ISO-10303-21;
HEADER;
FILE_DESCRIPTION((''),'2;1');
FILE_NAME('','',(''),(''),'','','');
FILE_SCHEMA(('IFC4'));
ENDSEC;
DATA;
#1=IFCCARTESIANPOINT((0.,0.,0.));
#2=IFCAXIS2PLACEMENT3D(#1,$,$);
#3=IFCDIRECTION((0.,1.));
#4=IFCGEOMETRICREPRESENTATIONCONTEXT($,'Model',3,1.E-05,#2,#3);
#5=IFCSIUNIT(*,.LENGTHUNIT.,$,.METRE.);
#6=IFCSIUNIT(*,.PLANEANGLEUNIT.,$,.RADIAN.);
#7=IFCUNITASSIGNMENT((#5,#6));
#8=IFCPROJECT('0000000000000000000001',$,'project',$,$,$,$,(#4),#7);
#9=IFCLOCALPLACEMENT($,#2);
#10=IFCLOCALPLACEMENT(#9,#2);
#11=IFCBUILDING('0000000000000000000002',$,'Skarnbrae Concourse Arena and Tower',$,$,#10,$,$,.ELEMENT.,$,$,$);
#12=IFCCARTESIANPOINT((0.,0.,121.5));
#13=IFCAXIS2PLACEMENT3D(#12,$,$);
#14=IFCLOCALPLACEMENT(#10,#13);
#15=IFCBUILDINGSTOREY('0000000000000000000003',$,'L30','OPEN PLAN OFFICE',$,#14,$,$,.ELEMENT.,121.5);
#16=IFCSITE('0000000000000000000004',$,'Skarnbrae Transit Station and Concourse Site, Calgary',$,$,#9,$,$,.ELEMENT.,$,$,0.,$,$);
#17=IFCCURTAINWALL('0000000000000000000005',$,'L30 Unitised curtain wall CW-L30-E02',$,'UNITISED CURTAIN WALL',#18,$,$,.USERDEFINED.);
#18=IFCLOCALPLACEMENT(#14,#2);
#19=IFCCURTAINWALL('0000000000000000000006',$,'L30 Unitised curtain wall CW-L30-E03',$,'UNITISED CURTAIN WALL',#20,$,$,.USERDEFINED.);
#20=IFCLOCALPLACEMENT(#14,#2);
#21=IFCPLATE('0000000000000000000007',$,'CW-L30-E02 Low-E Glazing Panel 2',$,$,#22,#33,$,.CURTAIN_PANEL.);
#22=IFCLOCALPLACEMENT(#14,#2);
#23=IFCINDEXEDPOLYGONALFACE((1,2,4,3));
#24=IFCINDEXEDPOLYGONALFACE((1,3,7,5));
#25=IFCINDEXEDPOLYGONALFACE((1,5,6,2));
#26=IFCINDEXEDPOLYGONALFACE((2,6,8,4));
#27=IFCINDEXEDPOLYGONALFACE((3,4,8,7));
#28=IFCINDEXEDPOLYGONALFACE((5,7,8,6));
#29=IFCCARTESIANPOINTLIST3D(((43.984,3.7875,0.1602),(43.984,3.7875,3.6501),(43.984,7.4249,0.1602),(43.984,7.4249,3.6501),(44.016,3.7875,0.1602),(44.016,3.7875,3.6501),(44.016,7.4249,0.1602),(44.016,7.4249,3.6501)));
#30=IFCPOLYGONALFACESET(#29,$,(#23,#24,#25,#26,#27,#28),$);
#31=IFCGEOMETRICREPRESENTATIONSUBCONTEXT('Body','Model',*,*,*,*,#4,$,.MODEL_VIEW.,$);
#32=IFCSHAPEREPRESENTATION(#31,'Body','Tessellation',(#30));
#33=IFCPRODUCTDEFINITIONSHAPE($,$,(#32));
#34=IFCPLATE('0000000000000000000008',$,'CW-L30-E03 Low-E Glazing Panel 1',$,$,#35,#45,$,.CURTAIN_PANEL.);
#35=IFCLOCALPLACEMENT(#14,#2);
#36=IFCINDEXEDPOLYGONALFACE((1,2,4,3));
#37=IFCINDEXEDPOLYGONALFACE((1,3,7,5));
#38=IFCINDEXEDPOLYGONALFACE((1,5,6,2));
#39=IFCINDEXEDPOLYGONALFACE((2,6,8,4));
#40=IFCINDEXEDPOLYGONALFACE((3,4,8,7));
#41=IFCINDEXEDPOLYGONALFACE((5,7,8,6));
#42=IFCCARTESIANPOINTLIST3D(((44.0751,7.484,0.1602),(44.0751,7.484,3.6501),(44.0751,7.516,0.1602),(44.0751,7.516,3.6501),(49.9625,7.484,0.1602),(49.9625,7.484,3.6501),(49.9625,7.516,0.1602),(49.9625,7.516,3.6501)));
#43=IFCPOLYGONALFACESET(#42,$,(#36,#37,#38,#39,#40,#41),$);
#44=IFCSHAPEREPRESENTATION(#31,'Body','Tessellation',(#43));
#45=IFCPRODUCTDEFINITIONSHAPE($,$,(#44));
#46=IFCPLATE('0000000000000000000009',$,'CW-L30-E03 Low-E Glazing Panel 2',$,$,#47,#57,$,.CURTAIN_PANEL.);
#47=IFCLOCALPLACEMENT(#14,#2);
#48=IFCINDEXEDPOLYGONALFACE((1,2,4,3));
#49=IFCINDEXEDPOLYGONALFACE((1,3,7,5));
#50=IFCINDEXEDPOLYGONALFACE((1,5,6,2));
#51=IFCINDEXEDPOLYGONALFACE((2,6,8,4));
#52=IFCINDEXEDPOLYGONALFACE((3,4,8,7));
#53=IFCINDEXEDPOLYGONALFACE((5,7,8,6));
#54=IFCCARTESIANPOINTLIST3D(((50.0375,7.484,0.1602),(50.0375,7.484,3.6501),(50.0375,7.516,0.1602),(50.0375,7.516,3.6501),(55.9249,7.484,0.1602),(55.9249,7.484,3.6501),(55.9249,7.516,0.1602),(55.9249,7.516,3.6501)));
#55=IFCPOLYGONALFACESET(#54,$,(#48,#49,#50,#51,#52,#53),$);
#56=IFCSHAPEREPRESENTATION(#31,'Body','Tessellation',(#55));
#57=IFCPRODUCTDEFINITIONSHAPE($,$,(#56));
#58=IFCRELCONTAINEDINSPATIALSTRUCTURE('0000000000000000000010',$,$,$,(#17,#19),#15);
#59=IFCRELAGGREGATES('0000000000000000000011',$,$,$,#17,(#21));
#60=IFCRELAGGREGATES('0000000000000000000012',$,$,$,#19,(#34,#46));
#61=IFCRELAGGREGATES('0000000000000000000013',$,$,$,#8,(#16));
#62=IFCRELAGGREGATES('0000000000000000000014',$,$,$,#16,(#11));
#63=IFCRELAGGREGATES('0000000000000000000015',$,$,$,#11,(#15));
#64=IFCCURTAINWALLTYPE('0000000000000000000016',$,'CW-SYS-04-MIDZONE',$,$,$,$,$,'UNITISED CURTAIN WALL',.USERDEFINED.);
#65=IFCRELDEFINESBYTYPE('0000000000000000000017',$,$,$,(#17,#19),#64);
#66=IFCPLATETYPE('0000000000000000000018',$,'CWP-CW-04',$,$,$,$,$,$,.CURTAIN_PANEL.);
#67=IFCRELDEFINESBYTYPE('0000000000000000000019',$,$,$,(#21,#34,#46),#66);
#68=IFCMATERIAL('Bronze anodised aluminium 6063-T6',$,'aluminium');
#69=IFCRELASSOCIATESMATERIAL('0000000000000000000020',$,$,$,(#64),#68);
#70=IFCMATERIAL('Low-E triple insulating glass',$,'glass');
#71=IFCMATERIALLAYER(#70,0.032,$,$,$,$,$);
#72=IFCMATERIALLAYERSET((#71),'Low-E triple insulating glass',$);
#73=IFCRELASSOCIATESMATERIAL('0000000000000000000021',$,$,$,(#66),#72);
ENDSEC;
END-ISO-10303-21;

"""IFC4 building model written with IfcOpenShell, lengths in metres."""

from ifc_helpers import new_model, si_unit, direction, frame, origin, origin_2d, place, context, subcontext, project, spatial, rectangle, extrude, source, transform, mapped, material, layer, layer_set, type_object, element, aggregate, save


model = new_model("IFC4")

# Units and contexts
model_context = context("Model", 3, precision=1e-05, world=origin(), true_north=direction((0.0, 1.0)))
body_context = subcontext(model_context, "Body", "Model", "MODEL_VIEW")
ifc_project = project(units=[si_unit("LENGTHUNIT", "METRE"), si_unit("PLANEANGLEUNIT", "RADIAN")], contexts=[model_context])

# Site, building, storey
site_placement = place(None, origin())
site = spatial("IfcSite", under=ifc_project, at=site_placement, Name="Skarnbrae Transit Station and Concourse Site, Calgary", CompositionType="ELEMENT", RefElevation=0.0)
building_placement = place(site_placement, origin())
building = spatial("IfcBuilding", under=site, at=building_placement, Name="Skarnbrae Concourse Arena and Tower", CompositionType="ELEMENT")
storey_placement = place(building_placement, frame((0.0, 0.0, 121.5)))
storey = spatial("IfcBuildingStorey", under=building, at=storey_placement, Name="L30", Description="OPEN PLAN OFFICE", CompositionType="ELEMENT", Elevation=121.5)

# Curtain walls
ifc_material_1 = material(Name="Bronze anodised aluminium 6063-T6", Category="aluminium")
curtain_wall_type = type_object("IfcCurtainWallType", Name="CW-SYS-04-MIDZONE", ElementType="UNITISED CURTAIN WALL", PredefinedType="USERDEFINED", material=ifc_material_1)
curtain_wall_1_placement = place(storey_placement, origin())
curtain_wall_1 = element("IfcCurtainWall", 1, at=curtain_wall_1_placement, inside=storey, type_object=curtain_wall_type, Name="L30 Unitised curtain wall CW-L30-E02", ObjectType="UNITISED CURTAIN WALL", PredefinedType="USERDEFINED")
curtain_wall_2_placement = place(storey_placement, origin())
curtain_wall_2 = element("IfcCurtainWall", 2, at=curtain_wall_2_placement, inside=storey, type_object=curtain_wall_type, Name="L30 Unitised curtain wall CW-L30-E03", ObjectType="UNITISED CURTAIN WALL", PredefinedType="USERDEFINED")

# Plates
ifc_material_2 = material(Name="Low-E triple insulating glass", Category="glass")
ifc_layer = layer(ifc_material_2, 0.032)
ifc_layer_set = layer_set([ifc_layer], Name="Low-E triple insulating glass")
plate_type = type_object("IfcPlateType", Name="CWP-CW-04", PredefinedType="CURTAIN_PANEL", material=ifc_layer_set)
shared_shape_1 = source(origin(), body_context, "Body", "SweptSolid", [
    extrude(rectangle(XDim=3.6375, YDim=0.032, at=origin_2d()), origin(), (0.0, 0.0, 1.0), 3.49),
])
plate_1_placement = place(storey_placement, frame((44.0, 5.6062, 0.1602), z_axis=(0.0, 0.0, 1.0), x_axis=(0.0, 1.0, 0.0)))
plate_1 = element("IfcPlate", 3, at=plate_1_placement, type_object=plate_type, Name="CW-L30-E02 Low-E Glazing Panel 2", PredefinedType="CURTAIN_PANEL", context=body_context, shape_type="MappedRepresentation", body=[
    mapped(shared_shape_1, transform((0.0, 0.0, 0.0))),
])
aggregate(curtain_wall_1, [plate_1])
shared_shape_2 = source(origin(), body_context, "Body", "SweptSolid", [
    extrude(rectangle(XDim=5.8875, YDim=0.032, at=origin_2d()), origin(), (0.0, 0.0, 1.0), 3.49),
])
plate_2_placement = place(storey_placement, frame((47.0188, 7.5, 0.1602), z_axis=(0.0, 0.0, 1.0), x_axis=(1.0, 0.0, 0.0)))
plate_2 = element("IfcPlate", 4, at=plate_2_placement, type_object=plate_type, Name="CW-L30-E03 Low-E Glazing Panel 1", PredefinedType="CURTAIN_PANEL", context=body_context, shape_type="MappedRepresentation", body=[
    mapped(shared_shape_2, transform((0.0, 0.0, 0.0))),
])
plate_3_placement = place(storey_placement, frame((52.9812, 7.5, 0.1602), z_axis=(0.0, 0.0, 1.0), x_axis=(1.0, 0.0, 0.0)))
plate_3 = element("IfcPlate", 5, at=plate_3_placement, type_object=plate_type, Name="CW-L30-E03 Low-E Glazing Panel 2", PredefinedType="CURTAIN_PANEL", context=body_context, shape_type="MappedRepresentation", body=[
    mapped(shared_shape_2, transform((0.0, 0.0, 0.0))),
])
aggregate(curtain_wall_2, [plate_2, plate_3])

save(model, "model.ifc")
